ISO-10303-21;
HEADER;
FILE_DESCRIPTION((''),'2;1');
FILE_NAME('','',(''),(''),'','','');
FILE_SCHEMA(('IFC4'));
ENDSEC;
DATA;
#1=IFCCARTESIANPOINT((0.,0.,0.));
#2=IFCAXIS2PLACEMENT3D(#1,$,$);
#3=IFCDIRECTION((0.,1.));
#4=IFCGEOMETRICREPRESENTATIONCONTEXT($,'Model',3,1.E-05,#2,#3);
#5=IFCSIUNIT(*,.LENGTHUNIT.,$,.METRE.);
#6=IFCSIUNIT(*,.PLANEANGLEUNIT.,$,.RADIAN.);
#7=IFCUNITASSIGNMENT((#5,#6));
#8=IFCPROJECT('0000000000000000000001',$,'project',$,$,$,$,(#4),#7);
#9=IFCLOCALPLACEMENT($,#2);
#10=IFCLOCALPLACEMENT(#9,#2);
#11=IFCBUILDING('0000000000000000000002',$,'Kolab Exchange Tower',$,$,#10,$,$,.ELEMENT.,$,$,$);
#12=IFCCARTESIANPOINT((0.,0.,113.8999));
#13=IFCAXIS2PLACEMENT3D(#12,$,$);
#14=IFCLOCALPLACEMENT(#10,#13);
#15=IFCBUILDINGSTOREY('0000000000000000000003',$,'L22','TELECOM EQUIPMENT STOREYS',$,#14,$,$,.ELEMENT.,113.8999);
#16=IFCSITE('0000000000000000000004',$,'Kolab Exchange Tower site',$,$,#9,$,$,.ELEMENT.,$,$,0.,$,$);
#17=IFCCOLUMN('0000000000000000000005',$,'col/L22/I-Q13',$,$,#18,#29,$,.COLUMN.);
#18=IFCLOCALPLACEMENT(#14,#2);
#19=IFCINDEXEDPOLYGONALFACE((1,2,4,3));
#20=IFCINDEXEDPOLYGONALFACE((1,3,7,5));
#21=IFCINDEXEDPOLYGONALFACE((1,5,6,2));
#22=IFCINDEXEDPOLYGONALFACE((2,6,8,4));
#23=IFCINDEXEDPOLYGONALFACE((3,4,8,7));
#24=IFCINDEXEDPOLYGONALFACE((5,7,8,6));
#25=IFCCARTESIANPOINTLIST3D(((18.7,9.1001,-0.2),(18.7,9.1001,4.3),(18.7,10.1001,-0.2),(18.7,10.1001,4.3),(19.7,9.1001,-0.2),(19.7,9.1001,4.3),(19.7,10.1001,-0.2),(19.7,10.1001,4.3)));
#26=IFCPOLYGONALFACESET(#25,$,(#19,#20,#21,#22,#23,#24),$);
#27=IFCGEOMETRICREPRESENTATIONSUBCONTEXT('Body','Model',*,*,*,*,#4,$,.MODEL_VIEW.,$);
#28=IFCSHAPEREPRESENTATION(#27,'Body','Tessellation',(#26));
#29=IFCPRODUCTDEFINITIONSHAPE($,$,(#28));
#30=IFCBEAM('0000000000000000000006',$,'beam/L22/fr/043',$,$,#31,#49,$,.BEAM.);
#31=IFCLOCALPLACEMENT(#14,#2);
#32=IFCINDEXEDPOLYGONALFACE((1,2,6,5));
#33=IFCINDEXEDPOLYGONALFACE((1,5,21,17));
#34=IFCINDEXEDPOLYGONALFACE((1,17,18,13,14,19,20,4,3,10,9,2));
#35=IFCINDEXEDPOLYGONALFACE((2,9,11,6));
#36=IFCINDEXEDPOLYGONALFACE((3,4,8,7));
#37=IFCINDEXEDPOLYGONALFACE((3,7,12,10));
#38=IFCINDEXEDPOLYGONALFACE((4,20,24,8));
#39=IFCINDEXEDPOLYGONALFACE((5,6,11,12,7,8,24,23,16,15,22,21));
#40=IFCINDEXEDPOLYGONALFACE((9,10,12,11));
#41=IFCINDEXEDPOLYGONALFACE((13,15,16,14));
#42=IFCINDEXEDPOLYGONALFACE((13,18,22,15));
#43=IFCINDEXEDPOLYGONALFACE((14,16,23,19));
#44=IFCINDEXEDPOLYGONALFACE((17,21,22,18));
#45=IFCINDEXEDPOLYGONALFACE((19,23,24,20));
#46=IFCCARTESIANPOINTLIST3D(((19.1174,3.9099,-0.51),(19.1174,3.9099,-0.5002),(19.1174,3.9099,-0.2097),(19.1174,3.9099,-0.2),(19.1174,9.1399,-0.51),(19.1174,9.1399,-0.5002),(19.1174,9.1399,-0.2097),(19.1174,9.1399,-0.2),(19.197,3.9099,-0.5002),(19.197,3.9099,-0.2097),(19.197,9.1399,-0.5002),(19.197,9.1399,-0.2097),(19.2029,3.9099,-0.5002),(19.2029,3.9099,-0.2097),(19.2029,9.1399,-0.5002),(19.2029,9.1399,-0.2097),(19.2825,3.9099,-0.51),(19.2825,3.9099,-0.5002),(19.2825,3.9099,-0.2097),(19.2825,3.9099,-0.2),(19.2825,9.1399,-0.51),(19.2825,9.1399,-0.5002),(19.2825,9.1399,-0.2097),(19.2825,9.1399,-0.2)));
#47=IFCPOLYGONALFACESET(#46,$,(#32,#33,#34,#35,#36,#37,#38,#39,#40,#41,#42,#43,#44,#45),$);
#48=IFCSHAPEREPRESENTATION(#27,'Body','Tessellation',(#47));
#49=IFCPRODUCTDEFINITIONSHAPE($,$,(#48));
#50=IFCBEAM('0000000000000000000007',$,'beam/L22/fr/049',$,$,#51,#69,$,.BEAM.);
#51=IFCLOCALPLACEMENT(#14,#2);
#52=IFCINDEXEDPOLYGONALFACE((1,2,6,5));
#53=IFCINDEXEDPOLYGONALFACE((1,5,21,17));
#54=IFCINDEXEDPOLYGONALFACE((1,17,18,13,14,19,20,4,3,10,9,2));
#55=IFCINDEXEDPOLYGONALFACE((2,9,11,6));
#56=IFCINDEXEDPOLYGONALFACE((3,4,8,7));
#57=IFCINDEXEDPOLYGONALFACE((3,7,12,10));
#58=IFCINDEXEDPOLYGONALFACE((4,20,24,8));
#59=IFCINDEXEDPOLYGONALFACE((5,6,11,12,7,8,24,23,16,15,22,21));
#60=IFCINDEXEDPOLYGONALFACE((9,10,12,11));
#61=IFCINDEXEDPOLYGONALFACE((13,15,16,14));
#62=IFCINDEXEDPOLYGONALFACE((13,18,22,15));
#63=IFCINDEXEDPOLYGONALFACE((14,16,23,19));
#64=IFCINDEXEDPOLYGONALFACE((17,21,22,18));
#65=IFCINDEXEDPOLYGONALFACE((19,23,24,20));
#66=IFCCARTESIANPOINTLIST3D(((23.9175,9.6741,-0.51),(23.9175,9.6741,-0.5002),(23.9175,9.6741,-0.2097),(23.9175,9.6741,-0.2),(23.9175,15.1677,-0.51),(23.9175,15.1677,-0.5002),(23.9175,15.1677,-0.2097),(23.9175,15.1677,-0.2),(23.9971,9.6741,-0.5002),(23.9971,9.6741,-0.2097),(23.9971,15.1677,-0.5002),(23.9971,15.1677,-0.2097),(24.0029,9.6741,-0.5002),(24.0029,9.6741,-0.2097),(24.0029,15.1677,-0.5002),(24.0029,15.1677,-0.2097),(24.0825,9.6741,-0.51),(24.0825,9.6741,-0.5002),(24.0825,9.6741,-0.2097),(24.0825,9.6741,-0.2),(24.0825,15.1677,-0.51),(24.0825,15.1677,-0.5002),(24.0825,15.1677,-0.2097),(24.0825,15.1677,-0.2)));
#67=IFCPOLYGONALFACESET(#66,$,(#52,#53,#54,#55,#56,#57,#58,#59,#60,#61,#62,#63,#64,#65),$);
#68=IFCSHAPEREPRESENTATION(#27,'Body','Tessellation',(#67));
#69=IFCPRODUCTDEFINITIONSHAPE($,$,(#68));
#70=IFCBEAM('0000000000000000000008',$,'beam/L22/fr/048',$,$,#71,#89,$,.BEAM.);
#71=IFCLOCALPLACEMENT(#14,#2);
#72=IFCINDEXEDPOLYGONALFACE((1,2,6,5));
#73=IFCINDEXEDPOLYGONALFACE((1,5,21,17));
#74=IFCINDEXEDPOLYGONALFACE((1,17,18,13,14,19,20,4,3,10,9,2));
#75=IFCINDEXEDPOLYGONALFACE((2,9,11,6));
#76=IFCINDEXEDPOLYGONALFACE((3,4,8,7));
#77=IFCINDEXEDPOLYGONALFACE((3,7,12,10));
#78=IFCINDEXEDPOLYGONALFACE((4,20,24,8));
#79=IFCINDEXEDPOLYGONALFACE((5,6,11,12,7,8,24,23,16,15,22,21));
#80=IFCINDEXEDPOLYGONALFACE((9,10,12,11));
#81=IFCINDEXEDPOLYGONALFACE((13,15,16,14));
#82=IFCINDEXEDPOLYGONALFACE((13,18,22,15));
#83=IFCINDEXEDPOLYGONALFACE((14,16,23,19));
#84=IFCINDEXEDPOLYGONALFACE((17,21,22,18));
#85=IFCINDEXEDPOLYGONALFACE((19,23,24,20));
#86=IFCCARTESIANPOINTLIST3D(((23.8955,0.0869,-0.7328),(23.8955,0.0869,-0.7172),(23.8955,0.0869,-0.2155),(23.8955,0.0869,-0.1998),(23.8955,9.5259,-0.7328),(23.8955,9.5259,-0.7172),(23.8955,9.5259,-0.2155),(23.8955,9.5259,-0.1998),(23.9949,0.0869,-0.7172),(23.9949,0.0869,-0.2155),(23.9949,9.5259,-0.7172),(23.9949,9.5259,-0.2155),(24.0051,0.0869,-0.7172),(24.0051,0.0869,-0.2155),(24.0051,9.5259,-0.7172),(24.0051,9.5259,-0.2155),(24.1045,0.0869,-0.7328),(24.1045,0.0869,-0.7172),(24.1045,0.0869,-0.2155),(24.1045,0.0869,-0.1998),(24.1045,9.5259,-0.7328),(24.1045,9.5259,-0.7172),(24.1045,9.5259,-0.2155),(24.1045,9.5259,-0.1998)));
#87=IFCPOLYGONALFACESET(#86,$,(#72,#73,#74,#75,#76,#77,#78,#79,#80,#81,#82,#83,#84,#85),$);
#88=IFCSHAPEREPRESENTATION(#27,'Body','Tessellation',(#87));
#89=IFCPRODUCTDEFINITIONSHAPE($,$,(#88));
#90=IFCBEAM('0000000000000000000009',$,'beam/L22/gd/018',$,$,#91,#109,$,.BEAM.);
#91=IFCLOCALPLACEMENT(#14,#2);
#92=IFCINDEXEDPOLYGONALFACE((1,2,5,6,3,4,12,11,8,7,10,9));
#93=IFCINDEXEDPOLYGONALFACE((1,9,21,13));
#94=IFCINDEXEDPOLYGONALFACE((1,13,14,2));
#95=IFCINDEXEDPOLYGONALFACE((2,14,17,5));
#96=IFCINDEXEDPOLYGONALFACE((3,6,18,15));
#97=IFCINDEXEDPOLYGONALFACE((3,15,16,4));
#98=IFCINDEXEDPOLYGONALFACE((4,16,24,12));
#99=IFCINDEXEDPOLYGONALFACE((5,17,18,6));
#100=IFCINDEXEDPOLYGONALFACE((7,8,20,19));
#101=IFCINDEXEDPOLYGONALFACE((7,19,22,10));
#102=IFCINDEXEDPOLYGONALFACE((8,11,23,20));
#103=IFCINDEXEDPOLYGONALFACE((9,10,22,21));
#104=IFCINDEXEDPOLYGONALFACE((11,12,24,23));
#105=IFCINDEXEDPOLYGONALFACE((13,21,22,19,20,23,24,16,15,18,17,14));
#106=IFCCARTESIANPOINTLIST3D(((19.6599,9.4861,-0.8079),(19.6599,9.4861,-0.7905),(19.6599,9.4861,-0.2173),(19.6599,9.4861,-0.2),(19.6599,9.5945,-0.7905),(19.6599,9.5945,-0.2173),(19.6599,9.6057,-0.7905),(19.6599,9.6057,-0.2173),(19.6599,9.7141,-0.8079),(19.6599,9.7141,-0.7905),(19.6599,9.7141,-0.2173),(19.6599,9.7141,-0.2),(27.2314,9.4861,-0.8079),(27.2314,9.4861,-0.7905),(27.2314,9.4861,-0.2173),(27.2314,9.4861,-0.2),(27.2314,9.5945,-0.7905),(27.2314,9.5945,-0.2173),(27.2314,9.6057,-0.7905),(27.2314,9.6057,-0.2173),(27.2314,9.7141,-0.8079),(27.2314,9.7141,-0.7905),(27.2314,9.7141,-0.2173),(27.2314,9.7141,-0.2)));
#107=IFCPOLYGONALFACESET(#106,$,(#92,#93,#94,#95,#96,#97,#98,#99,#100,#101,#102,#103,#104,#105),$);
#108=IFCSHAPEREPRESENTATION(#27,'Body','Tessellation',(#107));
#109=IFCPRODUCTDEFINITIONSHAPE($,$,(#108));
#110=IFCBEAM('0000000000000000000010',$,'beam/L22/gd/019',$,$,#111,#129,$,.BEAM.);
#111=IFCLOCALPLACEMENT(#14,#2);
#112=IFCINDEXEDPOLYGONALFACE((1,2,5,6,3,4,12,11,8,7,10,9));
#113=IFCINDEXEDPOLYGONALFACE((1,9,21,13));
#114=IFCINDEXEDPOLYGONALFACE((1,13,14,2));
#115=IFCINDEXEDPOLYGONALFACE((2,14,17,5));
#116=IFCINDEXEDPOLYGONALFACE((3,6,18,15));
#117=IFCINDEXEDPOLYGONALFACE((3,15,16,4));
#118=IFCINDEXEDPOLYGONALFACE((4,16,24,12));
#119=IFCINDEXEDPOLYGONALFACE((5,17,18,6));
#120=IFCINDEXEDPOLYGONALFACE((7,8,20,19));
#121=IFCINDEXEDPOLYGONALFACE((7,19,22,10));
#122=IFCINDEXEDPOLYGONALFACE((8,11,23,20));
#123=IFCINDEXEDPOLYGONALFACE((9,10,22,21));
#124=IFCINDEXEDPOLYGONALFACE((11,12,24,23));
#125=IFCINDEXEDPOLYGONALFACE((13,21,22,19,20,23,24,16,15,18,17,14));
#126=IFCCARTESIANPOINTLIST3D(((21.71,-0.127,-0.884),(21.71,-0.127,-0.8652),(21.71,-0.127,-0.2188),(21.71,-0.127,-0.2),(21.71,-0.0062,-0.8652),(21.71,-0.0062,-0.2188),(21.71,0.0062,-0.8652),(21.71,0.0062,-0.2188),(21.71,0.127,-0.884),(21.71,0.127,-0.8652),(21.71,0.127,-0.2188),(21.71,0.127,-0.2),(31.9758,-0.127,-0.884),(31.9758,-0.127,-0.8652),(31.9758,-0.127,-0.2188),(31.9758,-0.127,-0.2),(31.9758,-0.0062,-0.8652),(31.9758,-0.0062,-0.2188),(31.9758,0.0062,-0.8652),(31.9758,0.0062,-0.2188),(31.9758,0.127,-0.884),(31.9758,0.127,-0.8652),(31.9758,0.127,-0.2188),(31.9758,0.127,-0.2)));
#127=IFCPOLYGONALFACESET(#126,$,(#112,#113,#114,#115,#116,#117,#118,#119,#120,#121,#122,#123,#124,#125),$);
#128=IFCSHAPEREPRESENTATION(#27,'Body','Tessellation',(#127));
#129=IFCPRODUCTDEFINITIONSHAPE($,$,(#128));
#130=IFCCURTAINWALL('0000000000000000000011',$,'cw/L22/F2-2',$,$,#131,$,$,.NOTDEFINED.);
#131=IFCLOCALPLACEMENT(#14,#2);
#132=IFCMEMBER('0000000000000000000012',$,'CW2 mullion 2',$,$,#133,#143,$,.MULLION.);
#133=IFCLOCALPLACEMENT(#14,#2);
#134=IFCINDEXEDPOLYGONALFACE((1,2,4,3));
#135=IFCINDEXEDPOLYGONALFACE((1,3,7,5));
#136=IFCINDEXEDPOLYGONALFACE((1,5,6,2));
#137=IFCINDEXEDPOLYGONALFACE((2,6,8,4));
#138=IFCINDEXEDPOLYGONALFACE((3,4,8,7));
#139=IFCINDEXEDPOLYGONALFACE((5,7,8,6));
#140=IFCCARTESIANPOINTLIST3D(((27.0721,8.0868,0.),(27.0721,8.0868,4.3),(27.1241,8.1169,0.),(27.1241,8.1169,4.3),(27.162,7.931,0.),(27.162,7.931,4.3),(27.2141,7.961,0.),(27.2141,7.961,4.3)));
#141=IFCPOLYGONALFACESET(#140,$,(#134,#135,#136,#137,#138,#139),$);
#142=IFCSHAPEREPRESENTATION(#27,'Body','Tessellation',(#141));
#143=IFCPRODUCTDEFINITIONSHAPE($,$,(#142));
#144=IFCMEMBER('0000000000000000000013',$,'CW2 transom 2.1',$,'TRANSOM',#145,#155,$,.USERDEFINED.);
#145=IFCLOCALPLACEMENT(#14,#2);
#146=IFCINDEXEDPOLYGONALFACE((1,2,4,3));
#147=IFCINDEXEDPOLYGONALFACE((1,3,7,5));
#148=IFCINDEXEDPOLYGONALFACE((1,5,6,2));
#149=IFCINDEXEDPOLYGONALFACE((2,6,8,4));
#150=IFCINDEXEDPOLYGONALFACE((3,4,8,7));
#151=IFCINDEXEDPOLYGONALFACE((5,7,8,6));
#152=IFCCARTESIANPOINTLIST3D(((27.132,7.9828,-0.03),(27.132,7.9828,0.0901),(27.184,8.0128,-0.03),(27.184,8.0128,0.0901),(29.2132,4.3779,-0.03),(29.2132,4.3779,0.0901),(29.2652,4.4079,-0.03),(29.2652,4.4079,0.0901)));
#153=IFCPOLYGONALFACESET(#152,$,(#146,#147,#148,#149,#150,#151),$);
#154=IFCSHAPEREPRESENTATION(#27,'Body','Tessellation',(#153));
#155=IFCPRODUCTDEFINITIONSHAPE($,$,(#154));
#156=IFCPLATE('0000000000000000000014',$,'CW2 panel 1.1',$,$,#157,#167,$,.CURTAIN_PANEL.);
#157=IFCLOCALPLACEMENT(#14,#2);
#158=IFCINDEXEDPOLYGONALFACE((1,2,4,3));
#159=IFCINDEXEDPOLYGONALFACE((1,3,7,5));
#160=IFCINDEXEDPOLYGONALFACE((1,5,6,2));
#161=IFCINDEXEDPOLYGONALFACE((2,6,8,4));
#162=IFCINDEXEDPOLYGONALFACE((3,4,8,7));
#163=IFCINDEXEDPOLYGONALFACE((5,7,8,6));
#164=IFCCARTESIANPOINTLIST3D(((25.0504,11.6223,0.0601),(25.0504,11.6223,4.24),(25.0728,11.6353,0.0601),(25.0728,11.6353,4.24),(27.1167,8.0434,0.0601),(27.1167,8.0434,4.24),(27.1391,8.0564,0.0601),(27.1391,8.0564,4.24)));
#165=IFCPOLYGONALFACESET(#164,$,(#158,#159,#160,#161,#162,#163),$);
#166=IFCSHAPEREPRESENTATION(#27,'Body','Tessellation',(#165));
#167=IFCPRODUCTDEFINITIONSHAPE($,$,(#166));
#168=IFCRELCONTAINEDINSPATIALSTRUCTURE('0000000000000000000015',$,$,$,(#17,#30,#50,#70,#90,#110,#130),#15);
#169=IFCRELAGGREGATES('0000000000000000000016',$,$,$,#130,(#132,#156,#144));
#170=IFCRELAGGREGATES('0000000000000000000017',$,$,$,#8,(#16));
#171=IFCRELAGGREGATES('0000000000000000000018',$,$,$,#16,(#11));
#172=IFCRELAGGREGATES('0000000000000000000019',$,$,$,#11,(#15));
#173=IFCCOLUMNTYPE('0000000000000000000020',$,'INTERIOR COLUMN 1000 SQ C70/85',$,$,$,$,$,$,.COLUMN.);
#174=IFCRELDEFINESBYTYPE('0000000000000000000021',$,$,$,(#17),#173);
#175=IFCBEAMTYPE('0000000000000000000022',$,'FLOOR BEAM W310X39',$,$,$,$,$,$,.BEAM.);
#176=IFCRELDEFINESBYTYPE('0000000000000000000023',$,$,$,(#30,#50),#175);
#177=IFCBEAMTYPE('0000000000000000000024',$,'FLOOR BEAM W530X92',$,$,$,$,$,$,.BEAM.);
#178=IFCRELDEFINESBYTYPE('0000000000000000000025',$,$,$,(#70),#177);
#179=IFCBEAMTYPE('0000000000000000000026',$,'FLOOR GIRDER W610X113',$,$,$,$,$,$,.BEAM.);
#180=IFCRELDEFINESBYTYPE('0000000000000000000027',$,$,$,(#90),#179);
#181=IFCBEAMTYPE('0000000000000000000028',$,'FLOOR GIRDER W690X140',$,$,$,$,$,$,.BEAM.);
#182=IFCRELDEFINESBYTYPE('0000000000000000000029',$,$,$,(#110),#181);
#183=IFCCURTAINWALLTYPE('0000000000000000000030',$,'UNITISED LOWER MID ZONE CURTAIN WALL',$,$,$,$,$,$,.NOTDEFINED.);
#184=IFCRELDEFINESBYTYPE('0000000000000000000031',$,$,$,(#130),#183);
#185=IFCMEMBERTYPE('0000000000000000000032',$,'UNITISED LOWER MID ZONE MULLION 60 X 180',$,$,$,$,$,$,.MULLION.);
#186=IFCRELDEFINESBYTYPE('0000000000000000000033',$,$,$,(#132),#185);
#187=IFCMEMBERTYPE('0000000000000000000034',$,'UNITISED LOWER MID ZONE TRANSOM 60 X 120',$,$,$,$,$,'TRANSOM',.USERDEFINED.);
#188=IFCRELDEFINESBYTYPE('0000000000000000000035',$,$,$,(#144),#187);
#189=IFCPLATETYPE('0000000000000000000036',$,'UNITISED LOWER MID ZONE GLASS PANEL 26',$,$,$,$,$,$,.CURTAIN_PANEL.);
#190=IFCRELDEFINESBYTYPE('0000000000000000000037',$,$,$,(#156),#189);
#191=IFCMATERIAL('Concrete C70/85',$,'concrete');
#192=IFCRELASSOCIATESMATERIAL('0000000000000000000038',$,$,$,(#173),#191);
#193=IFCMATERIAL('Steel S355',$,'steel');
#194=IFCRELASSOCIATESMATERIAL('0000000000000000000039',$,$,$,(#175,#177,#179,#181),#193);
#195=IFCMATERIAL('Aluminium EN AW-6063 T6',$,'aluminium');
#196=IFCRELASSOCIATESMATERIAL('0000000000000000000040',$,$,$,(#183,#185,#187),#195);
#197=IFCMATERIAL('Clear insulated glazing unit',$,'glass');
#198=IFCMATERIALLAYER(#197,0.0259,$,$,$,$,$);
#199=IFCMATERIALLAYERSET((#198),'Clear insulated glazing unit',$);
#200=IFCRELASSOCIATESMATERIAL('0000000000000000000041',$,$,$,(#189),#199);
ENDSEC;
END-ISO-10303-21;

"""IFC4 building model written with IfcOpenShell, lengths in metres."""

from ifc_helpers import new_model, si_unit, direction, frame, origin, origin_2d, place, context, subcontext, project, spatial, rectangle, i_section, extrude, material, layer, layer_set, material_profile, profile_set, type_object, element, aggregate, save


model = new_model("IFC4")

# Units and contexts
model_context = context("Model", 3, precision=1e-05, world=origin(), true_north=direction((0.0, 1.0)))
body_context = subcontext(model_context, "Body", "Model", "MODEL_VIEW")
ifc_project = project(units=[si_unit("LENGTHUNIT", "METRE"), si_unit("PLANEANGLEUNIT", "RADIAN")], contexts=[model_context])

# Site, building, storey
site_placement = place(None, origin())
site = spatial("IfcSite", under=ifc_project, at=site_placement, Name="Kolab Exchange Tower site", CompositionType="ELEMENT", RefElevation=0.0)
building_placement = place(site_placement, origin())
building = spatial("IfcBuilding", under=site, at=building_placement, Name="Kolab Exchange Tower", CompositionType="ELEMENT")
storey_placement = place(building_placement, frame((0.0, 0.0, 113.8999)))
storey = spatial("IfcBuildingStorey", under=building, at=storey_placement, Name="L22", Description="TELECOM EQUIPMENT STOREYS", CompositionType="ELEMENT", Elevation=113.8999)

# Column
ifc_material_1 = material(Name="Concrete C70/85", Category="concrete")
ifc_material_profile_1 = material_profile(ifc_material_1, rectangle(XDim=1.0, YDim=1.0, at=origin_2d()), Name="RC1000")
ifc_profile_set_1 = profile_set([ifc_material_profile_1], Name="Concrete C70/85")
column_type = type_object("IfcColumnType", Name="INTERIOR COLUMN 1000 SQ C70/85", PredefinedType="COLUMN", material=ifc_profile_set_1)
column_placement = place(storey_placement, frame((19.2, 9.6001, -0.2), z_axis=(0.0, 0.0, 1.0), x_axis=(1.0, 0.0, 0.0)))
element("IfcColumn", 1, at=column_placement, inside=storey, type_object=column_type, Name="col/L22/I-Q13", PredefinedType="COLUMN", context=body_context, shape_type="SweptSolid", body=[
    extrude(rectangle(XDim=1.0, YDim=1.0, at=origin_2d()), origin(), (0.0, 0.0, 1.0), 4.5),
])

# Beams
ifc_material_2 = material(Name="Steel S355", Category="steel")
ifc_material_profile_2 = material_profile(ifc_material_2, i_section(OverallWidth=0.165, OverallDepth=0.3101, WebThickness=0.0059, FlangeThickness=0.0098, at=origin_2d()), Name="W310X39")
ifc_profile_set_2 = profile_set([ifc_material_profile_2], Name="Steel S355")
beam_type_1 = type_object("IfcBeamType", Name="FLOOR BEAM W310X39", PredefinedType="BEAM", material=ifc_profile_set_2)
beam_1_placement = place(storey_placement, frame((19.2, 3.9099, -0.355), z_axis=(0.0, 1.0, 0.0), x_axis=(-1.0, 0.0, 0.0)))
element("IfcBeam", 2, at=beam_1_placement, inside=storey, type_object=beam_type_1, Name="beam/L22/fr/043", PredefinedType="BEAM", context=body_context, shape_type="SweptSolid", body=[
    extrude(i_section(OverallWidth=0.165, OverallDepth=0.3101, WebThickness=0.0059, FlangeThickness=0.0098, at=origin_2d()), origin(), (0.0, 0.0, 1.0), 5.23),
])
beam_2_placement = place(storey_placement, frame((24.0, 9.6741, -0.355), z_axis=(0.0, 1.0, 0.0), x_axis=(-1.0, 0.0, 0.0)))
element("IfcBeam", 3, at=beam_2_placement, inside=storey, type_object=beam_type_1, Name="beam/L22/fr/049", PredefinedType="BEAM", context=body_context, shape_type="SweptSolid", body=[
    extrude(i_section(OverallWidth=0.165, OverallDepth=0.3101, WebThickness=0.0059, FlangeThickness=0.0098, at=origin_2d()), origin(), (0.0, 0.0, 1.0), 5.4937),
])
ifc_material_profile_3 = material_profile(ifc_material_2, i_section(OverallWidth=0.209, OverallDepth=0.533, WebThickness=0.0103, FlangeThickness=0.0156, at=origin_2d()), Name="W530X92")
ifc_profile_set_3 = profile_set([ifc_material_profile_3], Name="Steel S355")
beam_type_2 = type_object("IfcBeamType", Name="FLOOR BEAM W530X92", PredefinedType="BEAM", material=ifc_profile_set_3)
beam_3_placement = place(storey_placement, frame((24.0, 0.0869, -0.4663), z_axis=(0.0, 1.0, 0.0), x_axis=(-1.0, 0.0, 0.0)))
element("IfcBeam", 4, at=beam_3_placement, inside=storey, type_object=beam_type_2, Name="beam/L22/fr/048", PredefinedType="BEAM", context=body_context, shape_type="SweptSolid", body=[
    extrude(i_section(OverallWidth=0.209, OverallDepth=0.533, WebThickness=0.0103, FlangeThickness=0.0156, at=origin_2d()), origin(), (0.0, 0.0, 1.0), 9.439),
])
ifc_material_profile_4 = material_profile(ifc_material_2, i_section(OverallWidth=0.228, OverallDepth=0.6079, WebThickness=0.0112, FlangeThickness=0.0173, at=origin_2d()), Name="W610X113")
ifc_profile_set_4 = profile_set([ifc_material_profile_4], Name="Steel S355")
beam_type_3 = type_object("IfcBeamType", Name="FLOOR GIRDER W610X113", PredefinedType="BEAM", material=ifc_profile_set_4)
beam_4_placement = place(storey_placement, frame((19.6599, 9.6001, -0.5039), z_axis=(1.0, 0.0, 0.0), x_axis=(0.0, 1.0, 0.0)))
element("IfcBeam", 5, at=beam_4_placement, inside=storey, type_object=beam_type_3, Name="beam/L22/gd/018", PredefinedType="BEAM", context=body_context, shape_type="SweptSolid", body=[
    extrude(i_section(OverallWidth=0.228, OverallDepth=0.6079, WebThickness=0.0112, FlangeThickness=0.0173, at=origin_2d()), origin(), (0.0, 0.0, 1.0), 7.5715),
])
ifc_material_profile_5 = material_profile(ifc_material_2, i_section(OverallWidth=0.2539, OverallDepth=0.6841, WebThickness=0.0125, FlangeThickness=0.0188, at=origin_2d()), Name="W690X140")
ifc_profile_set_5 = profile_set([ifc_material_profile_5], Name="Steel S355")
beam_type_4 = type_object("IfcBeamType", Name="FLOOR GIRDER W690X140", PredefinedType="BEAM", material=ifc_profile_set_5)
beam_5_placement = place(storey_placement, frame((21.71, 0.0, -0.542), z_axis=(1.0, 0.0, 0.0), x_axis=(0.0, 1.0, 0.0)))
element("IfcBeam", 6, at=beam_5_placement, inside=storey, type_object=beam_type_4, Name="beam/L22/gd/019", PredefinedType="BEAM", context=body_context, shape_type="SweptSolid", body=[
    extrude(i_section(OverallWidth=0.2539, OverallDepth=0.6841, WebThickness=0.0125, FlangeThickness=0.0188, at=origin_2d()), origin(), (0.0, 0.0, 1.0), 10.2659),
])

# Curtain wall, members, plate
ifc_material_3 = material(Name="Aluminium EN AW-6063 T6", Category="aluminium")
curtain_wall_type = type_object("IfcCurtainWallType", Name="UNITISED LOWER MID ZONE CURTAIN WALL", PredefinedType="NOTDEFINED", material=ifc_material_3)
curtain_wall_placement = place(storey_placement, origin())
curtain_wall = element("IfcCurtainWall", 7, at=curtain_wall_placement, inside=storey, type_object=curtain_wall_type, Name="cw/L22/F2-2", PredefinedType="NOTDEFINED")
ifc_material_profile_6 = material_profile(ifc_material_3, rectangle(XDim=0.0601, YDim=0.1799, at=origin_2d()), Name="RECT 60X180")
ifc_profile_set_6 = profile_set([ifc_material_profile_6], Name="Aluminium EN AW-6063 T6")
member_type_1 = type_object("IfcMemberType", Name="UNITISED LOWER MID ZONE MULLION 60 X 180", PredefinedType="MULLION", material=ifc_profile_set_6)
member_1_placement = place(storey_placement, frame((27.1431, 8.0239, 0.0), z_axis=(0.0, 0.0, 1.0), x_axis=(0.866025, 0.5, 0.0)))
member_1 = element("IfcMember", 8, at=member_1_placement, type_object=member_type_1, Name="CW2 mullion 2", PredefinedType="MULLION", context=body_context, shape_type="SweptSolid", body=[
    extrude(rectangle(XDim=0.0601, YDim=0.1799, at=origin_2d()), origin(), (0.0, 0.0, 1.0), 4.3),
])
ifc_material_profile_7 = material_profile(ifc_material_3, rectangle(XDim=0.0601, YDim=0.1201, at=origin_2d()), Name="RECT 60X120")
ifc_profile_set_7 = profile_set([ifc_material_profile_7], Name="Aluminium EN AW-6063 T6")
member_type_2 = type_object("IfcMemberType", Name="UNITISED LOWER MID ZONE TRANSOM 60 X 120", ElementType="TRANSOM", PredefinedType="USERDEFINED", material=ifc_profile_set_7)
member_2_placement = place(storey_placement, frame((27.158, 7.9978, 0.03), z_axis=(0.499993, -0.866029, 0.0), x_axis=(0.866029, 0.499993, 0.0)))
member_2 = element("IfcMember", 9, at=member_2_placement, type_object=member_type_2, Name="CW2 transom 2.1", ObjectType="TRANSOM", PredefinedType="USERDEFINED", context=body_context, shape_type="SweptSolid", body=[
    extrude(rectangle(XDim=0.0601, YDim=0.1201, at=origin_2d()), origin(), (0.0, 0.0, 1.0), 4.1626),
])
ifc_material_4 = material(Name="Clear insulated glazing unit", Category="glass")
ifc_layer_1 = layer(ifc_material_4, 0.0259)
ifc_layer_set_1 = layer_set([ifc_layer_1], Name="Clear insulated glazing unit")
plate_type = type_object("IfcPlateType", Name="UNITISED LOWER MID ZONE GLASS PANEL 26", PredefinedType="CURTAIN_PANEL", material=ifc_layer_set_1)
plate_placement = place(storey_placement, frame((26.0947, 9.8394, 0.0601), z_axis=(0.0, 0.0, 1.0), x_axis=(0.5, -0.866025, 0.0)))
plate = element("IfcPlate", 10, at=plate_placement, type_object=plate_type, Name="CW2 panel 1.1", PredefinedType="CURTAIN_PANEL", context=body_context, shape_type="SweptSolid", body=[
    extrude(rectangle(XDim=4.1326, YDim=0.0259, at=origin_2d()), origin(), (0.0, 0.0, 1.0), 4.1799),
])
aggregate(curtain_wall, [member_1, plate, member_2])

save(model, "model.ifc")
